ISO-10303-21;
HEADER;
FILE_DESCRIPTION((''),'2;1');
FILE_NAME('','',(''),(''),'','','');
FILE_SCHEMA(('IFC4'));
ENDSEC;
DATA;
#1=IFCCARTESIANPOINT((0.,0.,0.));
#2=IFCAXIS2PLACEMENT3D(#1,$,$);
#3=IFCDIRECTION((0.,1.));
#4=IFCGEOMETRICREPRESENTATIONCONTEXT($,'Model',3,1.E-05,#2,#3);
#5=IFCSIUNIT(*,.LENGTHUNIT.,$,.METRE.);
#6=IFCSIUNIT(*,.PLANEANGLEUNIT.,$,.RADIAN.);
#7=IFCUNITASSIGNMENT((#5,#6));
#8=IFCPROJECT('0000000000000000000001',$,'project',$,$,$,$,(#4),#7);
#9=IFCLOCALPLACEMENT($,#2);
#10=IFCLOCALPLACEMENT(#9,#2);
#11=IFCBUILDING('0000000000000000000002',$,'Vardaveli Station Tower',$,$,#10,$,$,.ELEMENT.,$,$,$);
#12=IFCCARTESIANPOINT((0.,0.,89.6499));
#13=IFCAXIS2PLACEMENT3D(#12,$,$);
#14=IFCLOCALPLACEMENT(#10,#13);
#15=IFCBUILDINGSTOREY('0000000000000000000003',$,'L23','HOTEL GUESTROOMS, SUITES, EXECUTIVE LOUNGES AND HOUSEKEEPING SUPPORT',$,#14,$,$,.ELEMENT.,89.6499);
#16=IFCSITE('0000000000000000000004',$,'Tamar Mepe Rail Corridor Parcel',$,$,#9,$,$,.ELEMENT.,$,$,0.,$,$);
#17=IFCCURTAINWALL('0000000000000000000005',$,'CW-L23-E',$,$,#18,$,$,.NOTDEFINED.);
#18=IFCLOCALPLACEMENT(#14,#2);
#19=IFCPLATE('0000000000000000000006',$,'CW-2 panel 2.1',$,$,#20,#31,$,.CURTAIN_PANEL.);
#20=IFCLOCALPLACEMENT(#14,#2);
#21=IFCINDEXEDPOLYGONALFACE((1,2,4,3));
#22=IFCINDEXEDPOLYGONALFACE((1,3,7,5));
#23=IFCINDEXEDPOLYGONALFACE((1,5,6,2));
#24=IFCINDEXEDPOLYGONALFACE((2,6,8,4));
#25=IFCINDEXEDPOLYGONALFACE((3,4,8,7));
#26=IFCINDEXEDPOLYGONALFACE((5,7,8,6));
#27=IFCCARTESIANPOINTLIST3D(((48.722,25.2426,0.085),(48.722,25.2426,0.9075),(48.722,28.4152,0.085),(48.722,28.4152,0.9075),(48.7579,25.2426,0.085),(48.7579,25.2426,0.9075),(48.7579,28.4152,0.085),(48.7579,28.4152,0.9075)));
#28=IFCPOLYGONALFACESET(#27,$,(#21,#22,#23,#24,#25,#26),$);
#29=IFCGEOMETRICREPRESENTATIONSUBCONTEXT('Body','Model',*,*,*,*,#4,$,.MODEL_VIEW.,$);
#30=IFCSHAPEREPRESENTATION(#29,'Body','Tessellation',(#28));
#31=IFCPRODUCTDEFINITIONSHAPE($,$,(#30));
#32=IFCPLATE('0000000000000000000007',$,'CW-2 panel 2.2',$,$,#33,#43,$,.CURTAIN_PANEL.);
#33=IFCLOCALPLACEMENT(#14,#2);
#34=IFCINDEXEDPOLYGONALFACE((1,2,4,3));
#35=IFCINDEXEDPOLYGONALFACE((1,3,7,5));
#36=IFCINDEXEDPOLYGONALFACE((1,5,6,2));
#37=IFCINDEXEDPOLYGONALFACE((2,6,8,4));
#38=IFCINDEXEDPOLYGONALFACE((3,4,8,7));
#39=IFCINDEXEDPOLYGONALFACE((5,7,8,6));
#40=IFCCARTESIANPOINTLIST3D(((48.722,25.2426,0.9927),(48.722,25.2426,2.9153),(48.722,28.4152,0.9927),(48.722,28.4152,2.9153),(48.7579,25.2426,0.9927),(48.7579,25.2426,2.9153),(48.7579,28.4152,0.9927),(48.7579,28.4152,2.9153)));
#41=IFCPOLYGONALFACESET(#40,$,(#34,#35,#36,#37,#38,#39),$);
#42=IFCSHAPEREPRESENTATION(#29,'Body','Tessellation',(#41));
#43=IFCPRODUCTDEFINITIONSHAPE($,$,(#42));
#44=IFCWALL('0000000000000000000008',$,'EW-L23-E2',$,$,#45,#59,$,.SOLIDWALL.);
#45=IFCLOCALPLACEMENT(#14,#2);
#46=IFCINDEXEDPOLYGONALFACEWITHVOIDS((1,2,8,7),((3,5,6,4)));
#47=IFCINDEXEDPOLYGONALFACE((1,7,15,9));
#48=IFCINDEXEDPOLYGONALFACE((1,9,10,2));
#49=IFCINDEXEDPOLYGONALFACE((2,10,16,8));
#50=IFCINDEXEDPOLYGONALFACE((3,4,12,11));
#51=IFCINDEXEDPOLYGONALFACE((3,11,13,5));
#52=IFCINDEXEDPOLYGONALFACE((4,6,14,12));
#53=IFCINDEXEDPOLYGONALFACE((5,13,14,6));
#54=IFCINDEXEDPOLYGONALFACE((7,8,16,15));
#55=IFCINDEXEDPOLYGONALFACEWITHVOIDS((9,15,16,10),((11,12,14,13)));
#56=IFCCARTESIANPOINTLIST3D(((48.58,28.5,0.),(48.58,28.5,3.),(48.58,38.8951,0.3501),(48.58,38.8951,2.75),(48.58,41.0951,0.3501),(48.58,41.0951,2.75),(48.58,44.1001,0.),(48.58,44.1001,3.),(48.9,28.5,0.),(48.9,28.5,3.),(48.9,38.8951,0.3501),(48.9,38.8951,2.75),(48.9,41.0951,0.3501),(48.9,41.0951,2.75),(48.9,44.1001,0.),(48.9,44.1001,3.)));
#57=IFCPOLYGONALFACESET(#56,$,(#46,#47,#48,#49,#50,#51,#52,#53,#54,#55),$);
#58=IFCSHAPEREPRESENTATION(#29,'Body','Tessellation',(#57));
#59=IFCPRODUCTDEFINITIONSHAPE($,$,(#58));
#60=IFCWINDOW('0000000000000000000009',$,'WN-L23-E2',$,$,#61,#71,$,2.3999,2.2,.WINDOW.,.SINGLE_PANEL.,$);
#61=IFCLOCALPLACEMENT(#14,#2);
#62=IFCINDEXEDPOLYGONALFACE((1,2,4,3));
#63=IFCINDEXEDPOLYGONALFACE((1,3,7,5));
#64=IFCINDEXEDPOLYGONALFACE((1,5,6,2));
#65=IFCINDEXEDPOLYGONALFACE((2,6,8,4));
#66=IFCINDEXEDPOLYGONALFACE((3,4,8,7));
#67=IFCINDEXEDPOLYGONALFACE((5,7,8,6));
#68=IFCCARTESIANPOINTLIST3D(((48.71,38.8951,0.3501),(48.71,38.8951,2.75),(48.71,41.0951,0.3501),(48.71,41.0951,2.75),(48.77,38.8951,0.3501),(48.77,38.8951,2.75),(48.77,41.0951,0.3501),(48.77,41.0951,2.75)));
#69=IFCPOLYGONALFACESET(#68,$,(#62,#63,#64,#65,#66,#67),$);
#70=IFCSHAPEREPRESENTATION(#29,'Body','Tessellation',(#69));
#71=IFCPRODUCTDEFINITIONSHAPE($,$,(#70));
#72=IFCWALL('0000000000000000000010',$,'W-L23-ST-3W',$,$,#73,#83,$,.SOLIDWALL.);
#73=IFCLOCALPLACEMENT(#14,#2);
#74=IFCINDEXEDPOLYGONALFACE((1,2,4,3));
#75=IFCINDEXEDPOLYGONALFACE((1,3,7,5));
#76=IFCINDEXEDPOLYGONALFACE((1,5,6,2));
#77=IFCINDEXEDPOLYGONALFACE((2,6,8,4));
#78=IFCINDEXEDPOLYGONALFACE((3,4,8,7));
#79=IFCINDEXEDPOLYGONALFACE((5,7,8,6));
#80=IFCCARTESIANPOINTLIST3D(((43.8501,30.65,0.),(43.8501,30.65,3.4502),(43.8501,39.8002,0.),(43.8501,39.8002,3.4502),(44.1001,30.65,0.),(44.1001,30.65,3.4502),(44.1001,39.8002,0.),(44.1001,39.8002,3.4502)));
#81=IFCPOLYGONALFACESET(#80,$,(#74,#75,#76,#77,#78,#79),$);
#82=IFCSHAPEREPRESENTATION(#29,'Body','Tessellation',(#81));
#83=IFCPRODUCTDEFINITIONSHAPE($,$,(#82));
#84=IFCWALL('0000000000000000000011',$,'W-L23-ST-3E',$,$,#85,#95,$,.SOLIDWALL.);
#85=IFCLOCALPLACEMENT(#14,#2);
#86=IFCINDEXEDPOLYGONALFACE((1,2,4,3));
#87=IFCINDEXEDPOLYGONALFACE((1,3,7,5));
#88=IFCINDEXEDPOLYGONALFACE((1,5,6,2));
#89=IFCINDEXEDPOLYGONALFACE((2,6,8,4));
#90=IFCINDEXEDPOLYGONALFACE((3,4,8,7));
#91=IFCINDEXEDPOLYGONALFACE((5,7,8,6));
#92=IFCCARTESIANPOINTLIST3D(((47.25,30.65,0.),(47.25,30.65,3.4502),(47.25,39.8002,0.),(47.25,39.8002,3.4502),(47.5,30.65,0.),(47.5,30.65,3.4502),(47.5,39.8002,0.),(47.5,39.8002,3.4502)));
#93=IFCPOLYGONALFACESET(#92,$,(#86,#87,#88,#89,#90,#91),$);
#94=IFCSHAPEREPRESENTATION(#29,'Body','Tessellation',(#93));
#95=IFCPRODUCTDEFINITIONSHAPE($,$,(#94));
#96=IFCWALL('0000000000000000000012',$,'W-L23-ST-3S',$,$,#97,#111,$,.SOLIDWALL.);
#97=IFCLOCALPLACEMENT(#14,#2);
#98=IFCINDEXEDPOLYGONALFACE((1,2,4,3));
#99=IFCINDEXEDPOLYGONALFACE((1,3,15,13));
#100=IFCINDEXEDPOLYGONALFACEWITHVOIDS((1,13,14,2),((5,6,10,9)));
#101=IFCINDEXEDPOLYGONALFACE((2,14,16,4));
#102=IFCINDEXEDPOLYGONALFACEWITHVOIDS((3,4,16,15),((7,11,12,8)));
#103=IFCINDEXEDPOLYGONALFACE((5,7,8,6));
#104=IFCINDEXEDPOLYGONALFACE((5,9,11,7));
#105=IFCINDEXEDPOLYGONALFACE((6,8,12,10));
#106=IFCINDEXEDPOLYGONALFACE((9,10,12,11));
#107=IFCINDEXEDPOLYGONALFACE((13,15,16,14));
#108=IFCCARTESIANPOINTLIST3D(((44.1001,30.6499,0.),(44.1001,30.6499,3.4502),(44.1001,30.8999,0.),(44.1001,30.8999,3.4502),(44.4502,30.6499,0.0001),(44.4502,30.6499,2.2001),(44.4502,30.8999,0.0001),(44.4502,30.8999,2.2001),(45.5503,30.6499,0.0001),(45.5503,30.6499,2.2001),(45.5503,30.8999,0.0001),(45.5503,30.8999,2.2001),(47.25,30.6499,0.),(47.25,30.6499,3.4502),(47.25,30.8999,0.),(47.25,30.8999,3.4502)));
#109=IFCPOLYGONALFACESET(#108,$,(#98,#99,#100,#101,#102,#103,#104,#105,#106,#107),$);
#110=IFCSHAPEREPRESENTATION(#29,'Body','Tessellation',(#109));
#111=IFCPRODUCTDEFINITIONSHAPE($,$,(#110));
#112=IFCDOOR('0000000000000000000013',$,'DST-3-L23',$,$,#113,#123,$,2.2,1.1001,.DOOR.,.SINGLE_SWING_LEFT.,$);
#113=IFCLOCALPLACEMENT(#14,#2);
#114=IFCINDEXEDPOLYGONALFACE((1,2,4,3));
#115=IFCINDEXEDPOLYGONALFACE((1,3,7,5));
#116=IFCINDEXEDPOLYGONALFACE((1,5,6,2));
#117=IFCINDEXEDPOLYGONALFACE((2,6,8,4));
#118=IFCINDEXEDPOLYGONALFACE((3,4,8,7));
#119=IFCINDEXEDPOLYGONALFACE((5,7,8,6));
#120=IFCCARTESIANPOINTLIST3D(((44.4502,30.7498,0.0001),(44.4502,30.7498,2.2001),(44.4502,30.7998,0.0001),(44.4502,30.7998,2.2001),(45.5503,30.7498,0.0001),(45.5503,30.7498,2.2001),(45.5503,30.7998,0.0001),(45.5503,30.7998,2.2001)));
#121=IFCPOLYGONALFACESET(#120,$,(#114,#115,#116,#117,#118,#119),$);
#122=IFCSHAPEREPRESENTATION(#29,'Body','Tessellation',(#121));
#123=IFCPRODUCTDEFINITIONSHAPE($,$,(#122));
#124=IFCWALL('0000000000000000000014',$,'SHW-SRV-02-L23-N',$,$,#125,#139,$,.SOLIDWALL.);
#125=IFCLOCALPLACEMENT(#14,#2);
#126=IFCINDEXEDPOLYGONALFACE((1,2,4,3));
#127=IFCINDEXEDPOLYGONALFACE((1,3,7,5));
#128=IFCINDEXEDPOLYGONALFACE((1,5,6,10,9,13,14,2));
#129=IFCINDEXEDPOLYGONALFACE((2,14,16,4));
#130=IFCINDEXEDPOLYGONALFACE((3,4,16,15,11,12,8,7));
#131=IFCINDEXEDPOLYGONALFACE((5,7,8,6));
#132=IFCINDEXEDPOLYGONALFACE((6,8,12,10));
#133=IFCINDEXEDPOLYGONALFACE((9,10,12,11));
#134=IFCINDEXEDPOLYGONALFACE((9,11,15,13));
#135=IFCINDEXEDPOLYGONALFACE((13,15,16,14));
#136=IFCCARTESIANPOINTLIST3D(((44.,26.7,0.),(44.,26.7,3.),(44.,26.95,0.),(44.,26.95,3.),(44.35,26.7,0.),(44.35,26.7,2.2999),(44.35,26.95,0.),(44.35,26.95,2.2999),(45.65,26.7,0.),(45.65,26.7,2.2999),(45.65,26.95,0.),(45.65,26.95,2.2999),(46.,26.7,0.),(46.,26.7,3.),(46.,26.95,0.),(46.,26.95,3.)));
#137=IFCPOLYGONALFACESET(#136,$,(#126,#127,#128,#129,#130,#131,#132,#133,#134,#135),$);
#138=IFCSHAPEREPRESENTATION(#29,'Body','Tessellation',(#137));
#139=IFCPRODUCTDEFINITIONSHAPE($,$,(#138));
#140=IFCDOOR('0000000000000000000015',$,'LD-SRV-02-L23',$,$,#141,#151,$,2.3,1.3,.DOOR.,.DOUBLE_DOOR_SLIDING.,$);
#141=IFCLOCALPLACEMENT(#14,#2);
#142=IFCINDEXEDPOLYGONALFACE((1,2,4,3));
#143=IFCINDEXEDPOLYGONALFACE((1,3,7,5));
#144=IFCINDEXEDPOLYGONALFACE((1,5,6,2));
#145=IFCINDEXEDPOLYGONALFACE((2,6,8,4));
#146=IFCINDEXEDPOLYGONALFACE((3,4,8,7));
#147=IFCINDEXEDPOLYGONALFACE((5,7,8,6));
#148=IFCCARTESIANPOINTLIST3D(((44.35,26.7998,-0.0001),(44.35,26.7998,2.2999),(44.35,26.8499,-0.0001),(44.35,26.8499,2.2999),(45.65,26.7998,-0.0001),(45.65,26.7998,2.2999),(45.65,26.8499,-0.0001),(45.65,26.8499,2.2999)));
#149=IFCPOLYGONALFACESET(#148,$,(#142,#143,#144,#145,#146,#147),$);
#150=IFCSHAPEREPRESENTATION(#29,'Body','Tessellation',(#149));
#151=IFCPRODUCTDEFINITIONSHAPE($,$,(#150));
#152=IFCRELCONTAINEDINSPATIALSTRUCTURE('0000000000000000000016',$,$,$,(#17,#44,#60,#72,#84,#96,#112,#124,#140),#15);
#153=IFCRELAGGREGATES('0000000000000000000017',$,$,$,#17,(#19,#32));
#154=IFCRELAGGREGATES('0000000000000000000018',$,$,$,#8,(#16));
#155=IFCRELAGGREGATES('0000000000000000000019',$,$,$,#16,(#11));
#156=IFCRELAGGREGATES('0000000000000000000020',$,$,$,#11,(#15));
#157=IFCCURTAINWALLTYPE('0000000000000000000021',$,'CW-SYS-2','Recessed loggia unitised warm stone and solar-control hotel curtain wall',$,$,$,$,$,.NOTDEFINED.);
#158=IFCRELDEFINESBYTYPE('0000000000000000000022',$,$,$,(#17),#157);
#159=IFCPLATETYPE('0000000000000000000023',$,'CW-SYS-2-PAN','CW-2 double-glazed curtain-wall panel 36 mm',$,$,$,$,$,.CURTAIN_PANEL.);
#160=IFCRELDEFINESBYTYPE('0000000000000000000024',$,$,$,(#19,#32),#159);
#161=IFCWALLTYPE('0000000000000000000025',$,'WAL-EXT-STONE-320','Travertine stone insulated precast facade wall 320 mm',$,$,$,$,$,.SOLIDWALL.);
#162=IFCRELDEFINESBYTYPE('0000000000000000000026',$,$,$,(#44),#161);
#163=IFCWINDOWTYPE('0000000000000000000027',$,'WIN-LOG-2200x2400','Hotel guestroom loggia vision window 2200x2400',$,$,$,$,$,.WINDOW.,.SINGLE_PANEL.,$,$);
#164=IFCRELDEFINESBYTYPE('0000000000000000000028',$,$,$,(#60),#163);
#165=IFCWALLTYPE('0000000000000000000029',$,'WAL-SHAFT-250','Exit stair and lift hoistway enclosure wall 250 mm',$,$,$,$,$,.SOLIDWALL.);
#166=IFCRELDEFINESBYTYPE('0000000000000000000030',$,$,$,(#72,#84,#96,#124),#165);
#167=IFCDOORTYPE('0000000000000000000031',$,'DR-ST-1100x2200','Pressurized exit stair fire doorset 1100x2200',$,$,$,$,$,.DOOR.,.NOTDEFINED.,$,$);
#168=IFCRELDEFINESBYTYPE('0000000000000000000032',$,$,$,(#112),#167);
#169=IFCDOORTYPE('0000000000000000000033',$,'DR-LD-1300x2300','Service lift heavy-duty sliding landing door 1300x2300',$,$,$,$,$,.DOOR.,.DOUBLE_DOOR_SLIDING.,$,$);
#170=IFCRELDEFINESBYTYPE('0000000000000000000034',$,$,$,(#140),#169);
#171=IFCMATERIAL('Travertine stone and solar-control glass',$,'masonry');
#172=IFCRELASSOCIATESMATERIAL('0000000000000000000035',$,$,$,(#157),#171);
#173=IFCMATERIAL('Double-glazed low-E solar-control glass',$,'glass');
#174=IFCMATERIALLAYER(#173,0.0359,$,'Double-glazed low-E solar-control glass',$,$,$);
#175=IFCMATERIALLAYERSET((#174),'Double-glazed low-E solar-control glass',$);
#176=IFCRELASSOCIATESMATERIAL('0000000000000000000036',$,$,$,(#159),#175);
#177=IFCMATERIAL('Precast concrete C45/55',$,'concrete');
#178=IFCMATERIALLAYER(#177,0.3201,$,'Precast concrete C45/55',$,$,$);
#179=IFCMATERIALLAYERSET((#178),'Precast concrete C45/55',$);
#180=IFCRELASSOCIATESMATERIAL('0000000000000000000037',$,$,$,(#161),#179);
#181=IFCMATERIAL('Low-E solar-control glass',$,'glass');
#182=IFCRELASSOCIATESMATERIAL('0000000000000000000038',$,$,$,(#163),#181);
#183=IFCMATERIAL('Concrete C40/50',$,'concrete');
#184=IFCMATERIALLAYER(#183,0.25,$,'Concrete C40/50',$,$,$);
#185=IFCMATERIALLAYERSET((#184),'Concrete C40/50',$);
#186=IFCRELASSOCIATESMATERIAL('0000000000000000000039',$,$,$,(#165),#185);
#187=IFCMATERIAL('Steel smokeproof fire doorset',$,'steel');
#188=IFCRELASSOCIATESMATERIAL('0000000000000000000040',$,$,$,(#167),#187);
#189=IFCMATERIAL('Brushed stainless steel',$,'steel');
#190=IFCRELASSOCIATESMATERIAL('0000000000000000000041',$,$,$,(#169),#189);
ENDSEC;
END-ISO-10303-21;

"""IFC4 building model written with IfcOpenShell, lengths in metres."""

from ifc_helpers import new_model, si_unit, direction, frame, frame_2d, origin, origin_2d, place, context, subcontext, project, spatial, rectangle, extrude, source, transform, mapped, material, layer, layer_set, type_object, element, fill, aggregate, save


model = new_model("IFC4")

# Units and contexts
model_context = context("Model", 3, precision=1e-05, world=origin(), true_north=direction((0.0, 1.0)))
body_context = subcontext(model_context, "Body", "Model", "MODEL_VIEW")
ifc_project = project(units=[si_unit("LENGTHUNIT", "METRE"), si_unit("PLANEANGLEUNIT", "RADIAN")], contexts=[model_context])

# Site, building, storey
site_placement = place(None, origin())
site = spatial("IfcSite", under=ifc_project, at=site_placement, Name="Tamar Mepe Rail Corridor Parcel", CompositionType="ELEMENT", RefElevation=0.0)
building_placement = place(site_placement, origin())
building = spatial("IfcBuilding", under=site, at=building_placement, Name="Vardaveli Station Tower", CompositionType="ELEMENT")
storey_placement = place(building_placement, frame((0.0, 0.0, 89.6499)))
storey = spatial("IfcBuildingStorey", under=building, at=storey_placement, Name="L23", Description="HOTEL GUESTROOMS, SUITES, EXECUTIVE LOUNGES AND HOUSEKEEPING SUPPORT", CompositionType="ELEMENT", Elevation=89.6499)

# Shared definitions
ifc_material_1 = material(Name="Precast concrete C45/55", Category="concrete")

# Curtain wall, plates
ifc_material_2 = material(Name="Travertine stone and solar-control glass", Category="masonry")
curtain_wall_type = type_object("IfcCurtainWallType", Name="CW-SYS-2", Description="Recessed loggia unitised warm stone and solar-control hotel curtain wall", PredefinedType="NOTDEFINED", material=ifc_material_2)
curtain_wall_placement = place(storey_placement, origin())
curtain_wall = element("IfcCurtainWall", 1, at=curtain_wall_placement, inside=storey, type_object=curtain_wall_type, Name="CW-L23-E", PredefinedType="NOTDEFINED")
ifc_material_3 = material(Name="Double-glazed low-E solar-control glass", Category="glass")
ifc_layer_1 = layer(ifc_material_3, 0.0359, Name="Double-glazed low-E solar-control glass")
ifc_layer_set_1 = layer_set([ifc_layer_1], Name="Double-glazed low-E solar-control glass")
plate_type = type_object("IfcPlateType", Name="CW-SYS-2-PAN", Description="CW-2 double-glazed curtain-wall panel 36 mm", PredefinedType="CURTAIN_PANEL", material=ifc_layer_set_1)
shared_shape_1 = source(origin(), body_context, "Body", "SweptSolid", [
    extrude(rectangle(XDim=3.1726, YDim=0.0359, at=origin_2d()), origin(), (0.0, 0.0, 1.0), 0.8225),
])
plate_1_placement = place(storey_placement, frame((48.74, 26.8289, 0.085), z_axis=(0.0, 0.0, 1.0), x_axis=(0.0, 1.0, 0.0)))
plate_1 = element("IfcPlate", 2, at=plate_1_placement, type_object=plate_type, Name="CW-2 panel 2.1", PredefinedType="CURTAIN_PANEL", context=body_context, shape_type="MappedRepresentation", body=[
    mapped(shared_shape_1, transform((0.0, 0.0, 0.0), scale=1.0)),
])
shared_shape_2 = source(origin(), body_context, "Body", "SweptSolid", [
    extrude(rectangle(XDim=3.1726, YDim=0.0359, at=origin_2d()), origin(), (0.0, 0.0, 1.0), 1.9226),
])
plate_2_placement = place(storey_placement, frame((48.74, 26.8289, 0.9927), z_axis=(0.0, 0.0, 1.0), x_axis=(0.0, 1.0, 0.0)))
plate_2 = element("IfcPlate", 3, at=plate_2_placement, type_object=plate_type, Name="CW-2 panel 2.2", PredefinedType="CURTAIN_PANEL", context=body_context, shape_type="MappedRepresentation", body=[
    mapped(shared_shape_2, transform((0.0, 0.0, 0.0), scale=1.0)),
])
aggregate(curtain_wall, [plate_1, plate_2])

# Wall, opening, window
ifc_layer_2 = layer(ifc_material_1, 0.3201, Name="Precast concrete C45/55")
ifc_layer_set_2 = layer_set([ifc_layer_2], Name="Precast concrete C45/55")
wall_type_1 = type_object("IfcWallType", Name="WAL-EXT-STONE-320", Description="Travertine stone insulated precast facade wall 320 mm", PredefinedType="SOLIDWALL", material=ifc_layer_set_2)
shared_shape_3 = source(origin(), body_context, "Body", "SweptSolid", [
    extrude(rectangle(XDim=15.6001, YDim=0.3201, at=frame_2d((7.8, 0.0))), origin(), (0.0, 0.0, 1.0), 3.0),
])
wall_1_placement = place(storey_placement, frame((48.74, 28.5, 0.0), z_axis=(0.0, 0.0, 1.0), x_axis=(0.0, 1.0, 0.0)))
wall_1 = element("IfcWall", 4, at=wall_1_placement, inside=storey, type_object=wall_type_1, Name="EW-L23-E2", PredefinedType="SOLIDWALL", context=body_context, shape_type="MappedRepresentation", body=[
    mapped(shared_shape_3, transform((0.0, 0.0, 0.0), scale=1.0)),
])
shared_shape_4 = source(origin(), body_context, "Body", "SweptSolid", [
    extrude(rectangle(XDim=2.2, YDim=2.3999, at=frame_2d((1.1001, 1.2))), frame((0.0, 0.1699, 0.0), z_axis=(0.0, -1.0, 0.0), x_axis=(1.0, 0.0, 0.0)), (0.0, 0.0, 1.0), 0.3401),
])
opening_1_placement = place(wall_1_placement, frame((10.395, 0.0, 0.3501)))
opening_1 = element("IfcOpeningElement", 5, at=opening_1_placement, cuts=wall_1, PredefinedType="OPENING", context=body_context, shape_type="MappedRepresentation", body=[
    mapped(shared_shape_4, transform((0.0, 0.0, 0.0), scale=1.0)),
])
ifc_material_4 = material(Name="Low-E solar-control glass", Category="glass")
window_type = type_object("IfcWindowType", Name="WIN-LOG-2200x2400", Description="Hotel guestroom loggia vision window 2200x2400", PartitioningType="SINGLE_PANEL", PredefinedType="WINDOW", material=ifc_material_4)
shared_shape_5 = source(origin(), body_context, "Body", "SweptSolid", [
    extrude(rectangle(XDim=2.2, YDim=2.3999, at=frame_2d((1.1001, 1.2))), frame((0.0, 0.03, 0.0), z_axis=(0.0, -1.0, 0.0), x_axis=(1.0, 0.0, 0.0)), (0.0, 0.0, 1.0), 0.0601),
])
window_placement = place(opening_1_placement, origin())
window = element("IfcWindow", 6, at=window_placement, inside=storey, type_object=window_type, Name="WN-L23-E2", OverallHeight=2.3999, OverallWidth=2.2, PartitioningType="SINGLE_PANEL", PredefinedType="WINDOW", context=body_context, shape_type="MappedRepresentation", body=[
    mapped(shared_shape_5, transform((0.0, 0.0, 0.0), scale=1.0)),
])
fill(opening_1, window)

# Walls
ifc_material_5 = material(Name="Concrete C40/50", Category="concrete")
ifc_layer_3 = layer(ifc_material_5, 0.25, Name="Concrete C40/50")
ifc_layer_set_3 = layer_set([ifc_layer_3], Name="Concrete C40/50")
wall_type_2 = type_object("IfcWallType", Name="WAL-SHAFT-250", Description="Exit stair and lift hoistway enclosure wall 250 mm", PredefinedType="SOLIDWALL", material=ifc_layer_set_3)
shared_shape_6 = source(origin(), body_context, "Body", "SweptSolid", [
    extrude(rectangle(XDim=9.1501, YDim=0.25, at=frame_2d((4.5752, 0.0))), origin(), (0.0, 0.0, 1.0), 3.4502),
])
for number, where, z_axis, x_axis, name in (
    (7, (43.9751, 30.6499, 0.0), (0.0, 0.0, 1.0), (0.0, 1.0, 0.0), "W-L23-ST-3W"),
    (8, (47.375, 30.6499, 0.0), (0.0, 0.0, 1.0), (0.0, 1.0, 0.0), "W-L23-ST-3E"),
):
    element("IfcWall", number, at=place(storey_placement, frame(where, z_axis=z_axis, x_axis=x_axis)), inside=storey, type_object=wall_type_2, Name=name, PredefinedType="SOLIDWALL", context=body_context, shape_type="MappedRepresentation", body=[
        mapped(shared_shape_6, transform((0.0, 0.0, 0.0), scale=1.0)),
    ])

# Walls, openings, doors
shared_shape_7 = source(origin(), body_context, "Body", "SweptSolid", [
    extrude(rectangle(XDim=3.1499, YDim=0.25, at=frame_2d((1.575, 0.0))), origin(), (0.0, 0.0, 1.0), 3.4502),
])
wall_2_placement = place(storey_placement, frame((44.1001, 30.7749, 0.0), z_axis=(0.0, 0.0, 1.0), x_axis=(1.0, 0.0, 0.0)))
wall_2 = element("IfcWall", 9, at=wall_2_placement, inside=storey, type_object=wall_type_2, Name="W-L23-ST-3S", PredefinedType="SOLIDWALL", context=body_context, shape_type="MappedRepresentation", body=[
    mapped(shared_shape_7, transform((0.0, 0.0, 0.0), scale=1.0)),
])
shared_shape_8 = source(origin(), body_context, "Body", "SweptSolid", [
    extrude(rectangle(XDim=1.1001, YDim=2.2, at=frame_2d((0.55, 1.1001))), frame((0.0, 0.135, 0.0), z_axis=(0.0, -1.0, 0.0), x_axis=(1.0, 0.0, 0.0)), (0.0, 0.0, 1.0), 0.27),
])
opening_2_placement = place(wall_2_placement, frame((0.3501, 0.0, 0.0)))
opening_2 = element("IfcOpeningElement", 10, at=opening_2_placement, cuts=wall_2, PredefinedType="OPENING", context=body_context, shape_type="MappedRepresentation", body=[
    mapped(shared_shape_8, transform((0.0, 0.0, 0.0), scale=1.0)),
])
ifc_material_6 = material(Name="Steel smokeproof fire doorset", Category="steel")
door_type_1 = type_object("IfcDoorType", Name="DR-ST-1100x2200", Description="Pressurized exit stair fire doorset 1100x2200", OperationType="NOTDEFINED", PredefinedType="DOOR", material=ifc_material_6)
shared_shape_9 = source(origin(), body_context, "Body", "SweptSolid", [
    extrude(rectangle(XDim=1.1001, YDim=2.2, at=frame_2d((0.55, 1.1001))), frame((0.0, 0.0249, 0.0), z_axis=(0.0, -1.0, 0.0), x_axis=(1.0, 0.0, 0.0)), (0.0, 0.0, 1.0), 0.05),
])
door_1_placement = place(opening_2_placement, origin())
door_1 = element("IfcDoor", 11, at=door_1_placement, inside=storey, type_object=door_type_1, Name="DST-3-L23", OperationType="SINGLE_SWING_LEFT", OverallHeight=2.2, OverallWidth=1.1001, PredefinedType="DOOR", context=body_context, shape_type="MappedRepresentation", body=[
    mapped(shared_shape_9, transform((0.0, 0.0, 0.0), scale=1.0)),
])
fill(opening_2, door_1)
shared_shape_10 = source(origin(), body_context, "Body", "SweptSolid", [
    extrude(rectangle(XDim=2.0, YDim=0.25, at=frame_2d((1.0, 0.0))), origin(), (0.0, 0.0, 1.0), 3.0),
])
wall_3_placement = place(storey_placement, frame((44.0, 26.825, 0.0), z_axis=(0.0, 0.0, 1.0), x_axis=(1.0, 0.0, 0.0)))
wall_3 = element("IfcWall", 12, at=wall_3_placement, inside=storey, type_object=wall_type_2, Name="SHW-SRV-02-L23-N", PredefinedType="SOLIDWALL", context=body_context, shape_type="MappedRepresentation", body=[
    mapped(shared_shape_10, transform((0.0, 0.0, 0.0), scale=1.0)),
])
shared_shape_11 = source(origin(), body_context, "Body", "SweptSolid", [
    extrude(rectangle(XDim=1.3, YDim=2.3, at=frame_2d((0.6499, 1.1499))), frame((0.0, 0.135, 0.0), z_axis=(0.0, -1.0, 0.0), x_axis=(1.0, 0.0, 0.0)), (0.0, 0.0, 1.0), 0.27),
])
opening_3_placement = place(wall_3_placement, frame((0.3501, 0.0, 0.0)))
opening_3 = element("IfcOpeningElement", 13, at=opening_3_placement, cuts=wall_3, PredefinedType="OPENING", context=body_context, shape_type="MappedRepresentation", body=[
    mapped(shared_shape_11, transform((0.0, 0.0, 0.0), scale=1.0)),
])
ifc_material_7 = material(Name="Brushed stainless steel", Category="steel")
door_type_2 = type_object("IfcDoorType", Name="DR-LD-1300x2300", Description="Service lift heavy-duty sliding landing door 1300x2300", OperationType="DOUBLE_DOOR_SLIDING", PredefinedType="DOOR", material=ifc_material_7)
shared_shape_12 = source(origin(), body_context, "Body", "SweptSolid", [
    extrude(rectangle(XDim=1.3, YDim=2.3, at=frame_2d((0.6499, 1.1499))), frame((0.0, 0.0249, 0.0), z_axis=(0.0, -1.0, 0.0), x_axis=(1.0, 0.0, 0.0)), (0.0, 0.0, 1.0), 0.05),
])
door_2_placement = place(opening_3_placement, origin())
door_2 = element("IfcDoor", 14, at=door_2_placement, inside=storey, type_object=door_type_2, Name="LD-SRV-02-L23", OperationType="DOUBLE_DOOR_SLIDING", OverallHeight=2.3, OverallWidth=1.3, PredefinedType="DOOR", context=body_context, shape_type="MappedRepresentation", body=[
    mapped(shared_shape_12, transform((0.0, 0.0, 0.0), scale=1.0)),
])
fill(opening_3, door_2)

save(model, "model.ifc")
